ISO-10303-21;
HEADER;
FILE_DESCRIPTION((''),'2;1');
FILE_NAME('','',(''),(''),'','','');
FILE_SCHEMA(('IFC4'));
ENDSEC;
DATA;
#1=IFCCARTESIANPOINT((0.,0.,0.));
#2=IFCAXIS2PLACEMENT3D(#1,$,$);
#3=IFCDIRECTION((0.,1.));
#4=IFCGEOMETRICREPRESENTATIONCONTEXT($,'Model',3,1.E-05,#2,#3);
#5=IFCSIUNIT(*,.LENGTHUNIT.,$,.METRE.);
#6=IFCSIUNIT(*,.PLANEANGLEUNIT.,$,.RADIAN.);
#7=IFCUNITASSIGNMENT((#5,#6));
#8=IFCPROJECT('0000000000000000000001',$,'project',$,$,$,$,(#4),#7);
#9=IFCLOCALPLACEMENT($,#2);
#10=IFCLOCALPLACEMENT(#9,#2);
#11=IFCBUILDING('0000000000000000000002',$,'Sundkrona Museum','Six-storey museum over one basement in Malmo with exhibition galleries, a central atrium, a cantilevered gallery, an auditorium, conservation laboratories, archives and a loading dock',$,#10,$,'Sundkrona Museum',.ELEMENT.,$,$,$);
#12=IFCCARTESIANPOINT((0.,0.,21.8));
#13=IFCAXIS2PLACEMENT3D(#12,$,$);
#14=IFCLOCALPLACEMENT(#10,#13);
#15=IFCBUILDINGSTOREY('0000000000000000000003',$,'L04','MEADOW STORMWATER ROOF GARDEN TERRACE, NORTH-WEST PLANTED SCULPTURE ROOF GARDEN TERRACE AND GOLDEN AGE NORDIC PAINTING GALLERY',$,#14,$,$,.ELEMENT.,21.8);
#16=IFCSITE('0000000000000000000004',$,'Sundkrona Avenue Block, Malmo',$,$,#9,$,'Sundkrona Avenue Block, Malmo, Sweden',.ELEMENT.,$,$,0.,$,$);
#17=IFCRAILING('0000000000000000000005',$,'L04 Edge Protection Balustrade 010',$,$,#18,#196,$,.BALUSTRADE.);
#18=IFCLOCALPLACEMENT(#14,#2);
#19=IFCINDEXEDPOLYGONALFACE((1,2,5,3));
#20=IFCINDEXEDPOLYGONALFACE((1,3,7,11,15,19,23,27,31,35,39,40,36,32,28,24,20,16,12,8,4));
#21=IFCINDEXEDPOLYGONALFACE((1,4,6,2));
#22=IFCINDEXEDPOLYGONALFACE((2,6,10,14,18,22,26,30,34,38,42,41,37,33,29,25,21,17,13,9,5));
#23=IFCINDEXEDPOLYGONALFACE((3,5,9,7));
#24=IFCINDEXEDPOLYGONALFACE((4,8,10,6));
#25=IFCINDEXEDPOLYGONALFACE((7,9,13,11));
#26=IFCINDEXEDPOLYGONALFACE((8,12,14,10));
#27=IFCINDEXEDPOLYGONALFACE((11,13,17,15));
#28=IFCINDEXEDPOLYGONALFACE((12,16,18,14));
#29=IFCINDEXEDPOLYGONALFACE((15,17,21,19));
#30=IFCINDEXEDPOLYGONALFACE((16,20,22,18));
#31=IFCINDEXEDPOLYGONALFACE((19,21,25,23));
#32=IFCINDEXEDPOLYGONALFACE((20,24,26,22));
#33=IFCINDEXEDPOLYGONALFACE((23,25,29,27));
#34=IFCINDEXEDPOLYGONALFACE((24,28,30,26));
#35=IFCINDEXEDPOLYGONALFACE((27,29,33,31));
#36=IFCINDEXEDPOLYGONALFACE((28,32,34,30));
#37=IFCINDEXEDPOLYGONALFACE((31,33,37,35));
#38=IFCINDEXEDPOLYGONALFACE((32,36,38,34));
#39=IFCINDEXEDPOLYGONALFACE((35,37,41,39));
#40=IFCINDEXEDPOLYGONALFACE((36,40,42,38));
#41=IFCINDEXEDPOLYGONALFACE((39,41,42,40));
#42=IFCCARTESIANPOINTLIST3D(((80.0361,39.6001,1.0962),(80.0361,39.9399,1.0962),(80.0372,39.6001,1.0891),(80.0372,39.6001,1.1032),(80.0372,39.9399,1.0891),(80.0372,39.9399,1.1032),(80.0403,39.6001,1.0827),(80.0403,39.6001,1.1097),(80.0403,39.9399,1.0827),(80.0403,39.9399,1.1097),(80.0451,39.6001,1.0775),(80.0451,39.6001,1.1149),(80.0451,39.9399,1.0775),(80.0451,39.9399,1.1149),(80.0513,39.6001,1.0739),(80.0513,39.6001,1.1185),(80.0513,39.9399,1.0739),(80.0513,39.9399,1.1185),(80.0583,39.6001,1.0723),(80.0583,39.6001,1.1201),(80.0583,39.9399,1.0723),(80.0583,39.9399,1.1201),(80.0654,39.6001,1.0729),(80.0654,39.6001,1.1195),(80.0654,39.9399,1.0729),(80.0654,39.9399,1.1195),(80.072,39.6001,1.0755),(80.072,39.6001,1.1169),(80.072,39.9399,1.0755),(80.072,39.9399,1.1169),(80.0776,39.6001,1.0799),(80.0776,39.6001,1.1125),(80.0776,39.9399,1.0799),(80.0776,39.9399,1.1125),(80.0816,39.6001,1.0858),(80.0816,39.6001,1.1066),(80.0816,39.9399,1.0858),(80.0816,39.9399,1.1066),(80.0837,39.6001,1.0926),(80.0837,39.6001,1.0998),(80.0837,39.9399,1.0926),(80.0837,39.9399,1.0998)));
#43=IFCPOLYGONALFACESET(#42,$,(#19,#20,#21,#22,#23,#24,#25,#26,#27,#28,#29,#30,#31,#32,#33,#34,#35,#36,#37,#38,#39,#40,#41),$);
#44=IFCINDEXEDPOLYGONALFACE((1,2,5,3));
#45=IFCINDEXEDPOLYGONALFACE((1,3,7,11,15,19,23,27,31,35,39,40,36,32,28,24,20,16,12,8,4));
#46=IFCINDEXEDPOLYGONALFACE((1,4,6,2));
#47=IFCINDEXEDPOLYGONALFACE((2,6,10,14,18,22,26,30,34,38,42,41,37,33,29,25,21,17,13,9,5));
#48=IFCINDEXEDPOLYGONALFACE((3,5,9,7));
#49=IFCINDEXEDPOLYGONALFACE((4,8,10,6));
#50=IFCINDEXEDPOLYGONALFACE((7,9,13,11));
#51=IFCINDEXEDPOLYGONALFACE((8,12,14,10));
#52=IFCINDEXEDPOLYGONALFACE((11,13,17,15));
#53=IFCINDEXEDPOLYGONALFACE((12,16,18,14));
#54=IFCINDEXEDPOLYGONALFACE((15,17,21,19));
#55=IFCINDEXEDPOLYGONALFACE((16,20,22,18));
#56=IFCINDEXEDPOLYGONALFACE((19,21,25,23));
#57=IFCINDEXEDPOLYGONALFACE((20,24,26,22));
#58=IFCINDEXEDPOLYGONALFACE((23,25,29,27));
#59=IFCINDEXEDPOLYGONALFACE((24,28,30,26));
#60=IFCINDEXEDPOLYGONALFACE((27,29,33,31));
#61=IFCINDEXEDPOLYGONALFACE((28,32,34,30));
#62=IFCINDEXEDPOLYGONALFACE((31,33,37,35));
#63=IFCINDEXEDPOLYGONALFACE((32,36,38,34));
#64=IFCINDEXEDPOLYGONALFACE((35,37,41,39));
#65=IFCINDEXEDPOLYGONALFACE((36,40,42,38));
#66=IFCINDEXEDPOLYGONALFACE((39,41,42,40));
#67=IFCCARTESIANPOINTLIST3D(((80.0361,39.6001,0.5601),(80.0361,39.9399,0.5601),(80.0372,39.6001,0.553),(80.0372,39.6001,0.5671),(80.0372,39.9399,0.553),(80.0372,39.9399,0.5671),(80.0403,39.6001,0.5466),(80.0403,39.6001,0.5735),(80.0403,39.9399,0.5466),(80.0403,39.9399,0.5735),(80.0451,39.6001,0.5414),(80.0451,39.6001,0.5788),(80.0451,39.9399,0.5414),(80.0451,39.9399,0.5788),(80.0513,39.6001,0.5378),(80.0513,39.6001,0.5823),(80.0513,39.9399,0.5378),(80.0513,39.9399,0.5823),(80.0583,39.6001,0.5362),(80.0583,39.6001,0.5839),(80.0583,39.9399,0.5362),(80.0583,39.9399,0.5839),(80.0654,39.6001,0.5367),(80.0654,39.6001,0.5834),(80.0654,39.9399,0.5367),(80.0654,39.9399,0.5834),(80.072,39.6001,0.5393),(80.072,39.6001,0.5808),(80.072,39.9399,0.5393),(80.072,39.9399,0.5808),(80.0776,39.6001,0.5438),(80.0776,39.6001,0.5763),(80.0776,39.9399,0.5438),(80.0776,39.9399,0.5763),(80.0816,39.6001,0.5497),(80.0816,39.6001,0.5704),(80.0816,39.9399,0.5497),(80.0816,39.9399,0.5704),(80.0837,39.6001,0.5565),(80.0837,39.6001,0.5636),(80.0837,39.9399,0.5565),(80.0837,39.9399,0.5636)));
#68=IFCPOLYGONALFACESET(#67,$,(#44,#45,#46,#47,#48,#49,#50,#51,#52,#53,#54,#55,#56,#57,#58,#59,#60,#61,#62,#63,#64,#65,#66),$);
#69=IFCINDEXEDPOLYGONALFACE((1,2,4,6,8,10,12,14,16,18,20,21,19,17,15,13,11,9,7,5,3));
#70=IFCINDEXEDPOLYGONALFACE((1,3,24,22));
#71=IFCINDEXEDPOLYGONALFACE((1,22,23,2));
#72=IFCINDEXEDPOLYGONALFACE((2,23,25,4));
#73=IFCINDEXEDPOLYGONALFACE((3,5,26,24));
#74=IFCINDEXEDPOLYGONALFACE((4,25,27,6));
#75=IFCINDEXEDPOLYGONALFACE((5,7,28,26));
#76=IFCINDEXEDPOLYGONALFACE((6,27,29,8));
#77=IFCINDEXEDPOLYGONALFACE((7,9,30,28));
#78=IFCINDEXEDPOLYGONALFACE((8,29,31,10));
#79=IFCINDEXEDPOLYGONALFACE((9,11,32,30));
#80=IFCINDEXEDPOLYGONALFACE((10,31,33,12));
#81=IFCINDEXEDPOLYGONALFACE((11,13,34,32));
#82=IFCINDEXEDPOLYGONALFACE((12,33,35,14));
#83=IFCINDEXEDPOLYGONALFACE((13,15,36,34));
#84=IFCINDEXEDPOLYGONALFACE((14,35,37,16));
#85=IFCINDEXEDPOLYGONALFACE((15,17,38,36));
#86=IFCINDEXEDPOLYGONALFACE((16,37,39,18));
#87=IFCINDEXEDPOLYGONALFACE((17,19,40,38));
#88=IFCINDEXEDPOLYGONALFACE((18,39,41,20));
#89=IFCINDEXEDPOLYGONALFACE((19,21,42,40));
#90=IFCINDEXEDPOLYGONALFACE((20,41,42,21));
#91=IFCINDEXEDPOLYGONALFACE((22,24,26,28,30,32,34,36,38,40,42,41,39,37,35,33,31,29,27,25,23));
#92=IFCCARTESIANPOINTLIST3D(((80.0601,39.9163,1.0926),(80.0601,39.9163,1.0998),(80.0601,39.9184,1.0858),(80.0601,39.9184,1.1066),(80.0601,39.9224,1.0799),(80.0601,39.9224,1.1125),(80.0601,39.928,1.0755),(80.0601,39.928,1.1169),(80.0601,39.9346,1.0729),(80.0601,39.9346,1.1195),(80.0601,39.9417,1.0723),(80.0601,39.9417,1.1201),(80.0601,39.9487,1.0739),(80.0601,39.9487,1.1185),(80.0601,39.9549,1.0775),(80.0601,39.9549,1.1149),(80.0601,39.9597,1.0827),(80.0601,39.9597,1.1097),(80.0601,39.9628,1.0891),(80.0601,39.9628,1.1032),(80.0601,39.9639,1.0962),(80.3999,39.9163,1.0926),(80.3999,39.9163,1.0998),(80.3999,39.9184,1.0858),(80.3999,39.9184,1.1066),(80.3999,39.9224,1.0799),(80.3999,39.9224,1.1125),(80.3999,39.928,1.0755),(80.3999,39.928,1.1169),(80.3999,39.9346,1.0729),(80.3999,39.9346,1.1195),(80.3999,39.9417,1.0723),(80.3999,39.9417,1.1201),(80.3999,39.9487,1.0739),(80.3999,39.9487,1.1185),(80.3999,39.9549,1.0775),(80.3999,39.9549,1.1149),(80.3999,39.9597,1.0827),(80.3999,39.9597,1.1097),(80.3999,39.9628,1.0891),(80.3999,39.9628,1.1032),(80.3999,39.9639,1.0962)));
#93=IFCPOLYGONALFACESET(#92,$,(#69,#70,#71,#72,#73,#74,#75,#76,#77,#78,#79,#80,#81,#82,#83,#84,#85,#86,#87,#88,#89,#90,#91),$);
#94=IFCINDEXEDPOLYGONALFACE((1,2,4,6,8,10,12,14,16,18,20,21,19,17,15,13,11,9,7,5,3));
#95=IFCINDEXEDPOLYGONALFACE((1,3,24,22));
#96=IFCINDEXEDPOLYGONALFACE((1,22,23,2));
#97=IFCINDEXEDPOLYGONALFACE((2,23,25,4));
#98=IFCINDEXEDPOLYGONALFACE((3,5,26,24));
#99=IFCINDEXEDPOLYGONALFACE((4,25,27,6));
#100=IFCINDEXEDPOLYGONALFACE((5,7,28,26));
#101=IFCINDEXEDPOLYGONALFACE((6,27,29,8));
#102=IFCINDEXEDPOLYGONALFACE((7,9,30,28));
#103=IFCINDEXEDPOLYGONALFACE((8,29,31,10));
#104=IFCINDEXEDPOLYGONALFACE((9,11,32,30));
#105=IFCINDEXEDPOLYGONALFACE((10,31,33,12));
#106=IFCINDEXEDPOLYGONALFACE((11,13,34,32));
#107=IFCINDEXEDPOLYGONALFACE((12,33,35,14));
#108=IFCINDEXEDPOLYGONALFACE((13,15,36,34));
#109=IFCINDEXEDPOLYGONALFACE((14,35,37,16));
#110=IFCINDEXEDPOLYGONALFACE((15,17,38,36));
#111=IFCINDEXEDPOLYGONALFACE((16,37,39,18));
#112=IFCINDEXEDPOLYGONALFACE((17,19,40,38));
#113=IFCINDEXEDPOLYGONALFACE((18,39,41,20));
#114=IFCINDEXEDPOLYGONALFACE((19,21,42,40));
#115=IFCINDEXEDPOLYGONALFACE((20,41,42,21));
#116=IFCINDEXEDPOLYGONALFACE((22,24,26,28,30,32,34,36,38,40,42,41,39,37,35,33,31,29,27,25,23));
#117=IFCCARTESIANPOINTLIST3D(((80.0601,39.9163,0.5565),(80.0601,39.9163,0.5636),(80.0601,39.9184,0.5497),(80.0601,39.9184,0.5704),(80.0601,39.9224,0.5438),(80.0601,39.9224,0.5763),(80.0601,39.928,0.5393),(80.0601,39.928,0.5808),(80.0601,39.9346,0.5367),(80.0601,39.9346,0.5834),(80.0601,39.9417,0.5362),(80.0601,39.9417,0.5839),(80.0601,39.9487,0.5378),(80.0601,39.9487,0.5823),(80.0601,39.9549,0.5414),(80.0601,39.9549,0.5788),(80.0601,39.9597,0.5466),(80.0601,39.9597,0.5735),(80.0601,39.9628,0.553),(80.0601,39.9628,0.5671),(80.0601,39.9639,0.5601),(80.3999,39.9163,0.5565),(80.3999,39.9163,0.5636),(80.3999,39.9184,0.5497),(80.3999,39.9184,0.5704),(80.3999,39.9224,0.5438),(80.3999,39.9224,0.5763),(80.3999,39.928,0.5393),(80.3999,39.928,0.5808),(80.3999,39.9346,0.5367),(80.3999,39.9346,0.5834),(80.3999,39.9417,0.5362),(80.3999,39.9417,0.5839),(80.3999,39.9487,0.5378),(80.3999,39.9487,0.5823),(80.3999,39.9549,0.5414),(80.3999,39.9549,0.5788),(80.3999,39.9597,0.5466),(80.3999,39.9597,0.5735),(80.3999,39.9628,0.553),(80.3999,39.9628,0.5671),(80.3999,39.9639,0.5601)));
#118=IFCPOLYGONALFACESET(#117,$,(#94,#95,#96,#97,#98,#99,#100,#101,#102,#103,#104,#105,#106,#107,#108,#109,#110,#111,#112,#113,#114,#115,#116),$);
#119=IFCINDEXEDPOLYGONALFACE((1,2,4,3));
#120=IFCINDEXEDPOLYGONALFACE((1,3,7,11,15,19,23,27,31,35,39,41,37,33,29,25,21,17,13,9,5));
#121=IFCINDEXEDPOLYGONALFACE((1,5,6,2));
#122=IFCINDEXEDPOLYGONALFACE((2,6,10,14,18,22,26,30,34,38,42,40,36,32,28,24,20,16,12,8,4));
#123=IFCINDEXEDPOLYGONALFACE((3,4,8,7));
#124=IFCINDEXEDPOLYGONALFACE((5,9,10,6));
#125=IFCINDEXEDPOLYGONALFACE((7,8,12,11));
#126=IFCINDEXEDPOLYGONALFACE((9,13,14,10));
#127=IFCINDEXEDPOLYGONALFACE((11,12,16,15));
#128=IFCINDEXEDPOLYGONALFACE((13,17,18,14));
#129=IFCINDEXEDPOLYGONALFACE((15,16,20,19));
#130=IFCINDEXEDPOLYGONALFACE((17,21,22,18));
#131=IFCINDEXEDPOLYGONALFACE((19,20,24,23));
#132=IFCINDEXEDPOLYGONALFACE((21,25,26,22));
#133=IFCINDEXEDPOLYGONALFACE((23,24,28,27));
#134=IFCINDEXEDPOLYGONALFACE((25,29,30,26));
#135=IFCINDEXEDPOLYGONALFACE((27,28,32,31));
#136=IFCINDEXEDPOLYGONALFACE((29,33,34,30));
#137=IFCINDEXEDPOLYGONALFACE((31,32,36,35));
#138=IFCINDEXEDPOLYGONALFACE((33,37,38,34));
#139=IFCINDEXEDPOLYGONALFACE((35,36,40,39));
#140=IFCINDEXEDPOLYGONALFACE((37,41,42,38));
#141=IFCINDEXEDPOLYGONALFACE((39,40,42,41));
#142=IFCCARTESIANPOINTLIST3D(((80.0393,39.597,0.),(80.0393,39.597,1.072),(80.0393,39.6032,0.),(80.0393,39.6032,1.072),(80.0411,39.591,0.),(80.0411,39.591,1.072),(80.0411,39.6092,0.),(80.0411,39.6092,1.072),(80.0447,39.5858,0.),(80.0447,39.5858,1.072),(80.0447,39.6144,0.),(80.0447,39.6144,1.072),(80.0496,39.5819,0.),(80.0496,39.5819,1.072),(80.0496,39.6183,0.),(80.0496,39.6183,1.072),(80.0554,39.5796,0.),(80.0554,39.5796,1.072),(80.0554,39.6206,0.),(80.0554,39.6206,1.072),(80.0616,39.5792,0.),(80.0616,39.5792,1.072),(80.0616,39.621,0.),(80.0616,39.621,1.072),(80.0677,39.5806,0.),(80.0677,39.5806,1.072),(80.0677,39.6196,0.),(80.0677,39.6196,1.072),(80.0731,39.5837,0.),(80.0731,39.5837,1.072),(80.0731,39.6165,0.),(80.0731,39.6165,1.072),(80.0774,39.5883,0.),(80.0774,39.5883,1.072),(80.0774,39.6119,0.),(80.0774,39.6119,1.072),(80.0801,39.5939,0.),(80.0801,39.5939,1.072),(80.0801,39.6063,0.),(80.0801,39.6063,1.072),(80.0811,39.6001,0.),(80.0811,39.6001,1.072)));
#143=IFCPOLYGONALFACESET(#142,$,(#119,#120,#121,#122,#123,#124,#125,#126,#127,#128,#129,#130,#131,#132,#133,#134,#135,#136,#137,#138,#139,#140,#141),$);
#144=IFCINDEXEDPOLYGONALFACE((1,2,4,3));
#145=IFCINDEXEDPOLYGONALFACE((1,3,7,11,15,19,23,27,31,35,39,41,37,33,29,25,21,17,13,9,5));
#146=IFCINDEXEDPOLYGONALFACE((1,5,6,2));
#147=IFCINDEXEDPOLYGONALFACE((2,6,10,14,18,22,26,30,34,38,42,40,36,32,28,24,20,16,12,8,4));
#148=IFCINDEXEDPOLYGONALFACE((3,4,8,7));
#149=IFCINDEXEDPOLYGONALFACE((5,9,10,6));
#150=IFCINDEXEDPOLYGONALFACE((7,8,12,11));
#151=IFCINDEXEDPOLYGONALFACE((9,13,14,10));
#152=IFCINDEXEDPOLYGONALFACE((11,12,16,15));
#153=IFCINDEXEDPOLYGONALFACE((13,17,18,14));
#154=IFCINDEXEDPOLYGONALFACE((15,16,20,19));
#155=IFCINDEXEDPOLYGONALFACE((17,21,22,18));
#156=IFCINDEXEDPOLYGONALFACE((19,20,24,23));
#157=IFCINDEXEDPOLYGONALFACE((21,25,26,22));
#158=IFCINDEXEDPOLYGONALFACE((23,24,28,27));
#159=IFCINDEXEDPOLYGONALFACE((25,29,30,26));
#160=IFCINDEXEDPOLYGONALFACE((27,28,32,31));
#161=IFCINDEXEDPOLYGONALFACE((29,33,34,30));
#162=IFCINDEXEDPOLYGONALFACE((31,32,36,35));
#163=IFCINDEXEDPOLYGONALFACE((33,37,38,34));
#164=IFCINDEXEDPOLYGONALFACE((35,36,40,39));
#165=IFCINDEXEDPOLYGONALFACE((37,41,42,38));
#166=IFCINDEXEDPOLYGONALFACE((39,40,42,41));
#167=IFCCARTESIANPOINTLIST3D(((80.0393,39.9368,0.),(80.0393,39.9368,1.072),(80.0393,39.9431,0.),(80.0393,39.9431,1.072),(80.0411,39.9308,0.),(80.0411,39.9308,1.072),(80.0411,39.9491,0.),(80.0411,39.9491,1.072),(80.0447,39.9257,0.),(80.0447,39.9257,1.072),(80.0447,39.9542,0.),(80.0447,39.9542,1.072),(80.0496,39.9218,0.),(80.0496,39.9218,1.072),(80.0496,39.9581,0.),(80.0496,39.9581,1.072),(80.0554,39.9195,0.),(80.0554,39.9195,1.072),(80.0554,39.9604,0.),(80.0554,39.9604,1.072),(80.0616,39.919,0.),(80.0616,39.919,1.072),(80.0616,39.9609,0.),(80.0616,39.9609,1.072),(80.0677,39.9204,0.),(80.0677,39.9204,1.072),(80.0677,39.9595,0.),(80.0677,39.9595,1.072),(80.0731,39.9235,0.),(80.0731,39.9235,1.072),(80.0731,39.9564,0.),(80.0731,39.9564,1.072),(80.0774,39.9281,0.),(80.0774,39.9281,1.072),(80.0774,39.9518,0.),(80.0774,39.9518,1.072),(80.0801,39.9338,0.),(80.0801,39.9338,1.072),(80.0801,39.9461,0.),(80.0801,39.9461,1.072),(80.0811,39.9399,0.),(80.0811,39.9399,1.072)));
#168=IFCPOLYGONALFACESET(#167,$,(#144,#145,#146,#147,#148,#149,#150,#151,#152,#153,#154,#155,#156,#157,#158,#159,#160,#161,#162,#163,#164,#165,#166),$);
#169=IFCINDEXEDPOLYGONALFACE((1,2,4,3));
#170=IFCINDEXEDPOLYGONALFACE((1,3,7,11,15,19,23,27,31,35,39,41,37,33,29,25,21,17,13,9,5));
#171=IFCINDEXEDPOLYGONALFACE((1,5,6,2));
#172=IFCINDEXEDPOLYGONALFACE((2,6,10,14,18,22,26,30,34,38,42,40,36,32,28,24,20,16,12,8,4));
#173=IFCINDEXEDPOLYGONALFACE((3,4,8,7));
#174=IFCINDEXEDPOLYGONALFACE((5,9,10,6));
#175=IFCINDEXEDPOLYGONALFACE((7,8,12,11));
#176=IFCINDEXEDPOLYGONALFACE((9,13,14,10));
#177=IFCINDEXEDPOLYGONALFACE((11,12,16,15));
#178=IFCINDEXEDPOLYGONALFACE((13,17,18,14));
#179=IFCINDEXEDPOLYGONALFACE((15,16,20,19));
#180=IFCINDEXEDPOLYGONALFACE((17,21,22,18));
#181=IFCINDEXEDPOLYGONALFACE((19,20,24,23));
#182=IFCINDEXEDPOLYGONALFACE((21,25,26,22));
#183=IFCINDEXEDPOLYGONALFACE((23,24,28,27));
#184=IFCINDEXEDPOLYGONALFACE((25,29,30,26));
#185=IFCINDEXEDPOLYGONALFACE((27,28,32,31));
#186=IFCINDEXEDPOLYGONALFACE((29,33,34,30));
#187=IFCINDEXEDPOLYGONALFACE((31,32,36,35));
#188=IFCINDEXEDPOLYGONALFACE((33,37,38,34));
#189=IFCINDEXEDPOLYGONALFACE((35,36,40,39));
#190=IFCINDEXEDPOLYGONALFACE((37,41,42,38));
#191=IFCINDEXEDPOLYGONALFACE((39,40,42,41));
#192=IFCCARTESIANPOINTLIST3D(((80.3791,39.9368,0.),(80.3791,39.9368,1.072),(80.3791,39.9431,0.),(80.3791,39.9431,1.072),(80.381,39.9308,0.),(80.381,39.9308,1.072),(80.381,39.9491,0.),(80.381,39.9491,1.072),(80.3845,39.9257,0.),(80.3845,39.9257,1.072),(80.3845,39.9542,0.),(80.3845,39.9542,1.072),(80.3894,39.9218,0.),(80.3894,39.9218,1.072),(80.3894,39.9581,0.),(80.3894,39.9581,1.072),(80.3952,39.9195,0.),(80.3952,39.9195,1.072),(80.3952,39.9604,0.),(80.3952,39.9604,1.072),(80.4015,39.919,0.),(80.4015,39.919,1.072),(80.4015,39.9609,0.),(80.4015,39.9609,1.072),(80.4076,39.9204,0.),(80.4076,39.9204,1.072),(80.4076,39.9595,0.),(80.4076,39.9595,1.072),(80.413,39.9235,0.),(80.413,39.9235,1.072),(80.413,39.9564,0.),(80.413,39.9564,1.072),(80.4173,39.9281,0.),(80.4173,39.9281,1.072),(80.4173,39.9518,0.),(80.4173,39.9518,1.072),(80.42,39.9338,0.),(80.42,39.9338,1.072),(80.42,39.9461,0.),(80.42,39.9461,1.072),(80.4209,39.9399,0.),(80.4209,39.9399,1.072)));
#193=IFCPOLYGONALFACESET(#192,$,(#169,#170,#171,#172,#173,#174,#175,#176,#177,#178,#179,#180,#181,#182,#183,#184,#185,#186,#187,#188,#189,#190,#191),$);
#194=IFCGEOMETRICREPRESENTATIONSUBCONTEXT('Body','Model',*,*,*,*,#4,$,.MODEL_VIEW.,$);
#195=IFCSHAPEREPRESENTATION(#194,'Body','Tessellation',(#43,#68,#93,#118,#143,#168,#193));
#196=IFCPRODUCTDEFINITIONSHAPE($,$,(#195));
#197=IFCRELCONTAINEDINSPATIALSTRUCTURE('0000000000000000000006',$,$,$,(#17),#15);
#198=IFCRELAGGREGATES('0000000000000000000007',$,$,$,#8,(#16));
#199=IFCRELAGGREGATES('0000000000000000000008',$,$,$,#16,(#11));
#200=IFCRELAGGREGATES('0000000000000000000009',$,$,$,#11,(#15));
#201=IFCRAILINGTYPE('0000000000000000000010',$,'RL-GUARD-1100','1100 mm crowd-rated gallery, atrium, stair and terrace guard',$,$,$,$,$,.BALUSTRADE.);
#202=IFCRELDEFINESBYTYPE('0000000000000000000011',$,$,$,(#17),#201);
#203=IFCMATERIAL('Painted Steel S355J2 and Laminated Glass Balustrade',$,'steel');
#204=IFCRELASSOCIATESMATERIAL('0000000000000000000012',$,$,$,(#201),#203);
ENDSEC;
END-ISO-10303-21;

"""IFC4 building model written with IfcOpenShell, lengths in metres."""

from ifc_helpers import new_model, si_unit, direction, frame, origin, origin_2d, place, context, subcontext, project, spatial, circle, extrude, material, type_object, element, save


model = new_model("IFC4")

# Units and contexts
model_context = context("Model", 3, precision=1e-05, world=origin(), true_north=direction((0.0, 1.0)))
body_context = subcontext(model_context, "Body", "Model", "MODEL_VIEW")
ifc_project = project(units=[si_unit("LENGTHUNIT", "METRE"), si_unit("PLANEANGLEUNIT", "RADIAN")], contexts=[model_context])

# Site, building, storey
site_placement = place(None, origin())
site = spatial("IfcSite", under=ifc_project, at=site_placement, Name="Sundkrona Avenue Block, Malmo", LongName="Sundkrona Avenue Block, Malmo, Sweden", CompositionType="ELEMENT", RefElevation=0.0)
building_placement = place(site_placement, origin())
building = spatial("IfcBuilding", under=site, at=building_placement, Name="Sundkrona Museum", Description="Six-storey museum over one basement in Malmo with exhibition galleries, a central atrium, a cantilevered gallery, an auditorium, conservation laboratories, archives and a loading dock", LongName="Sundkrona Museum", CompositionType="ELEMENT")
storey_placement = place(building_placement, frame((0.0, 0.0, 21.8)))
storey = spatial("IfcBuildingStorey", under=building, at=storey_placement, Name="L04", Description="MEADOW STORMWATER ROOF GARDEN TERRACE, NORTH-WEST PLANTED SCULPTURE ROOF GARDEN TERRACE AND GOLDEN AGE NORDIC PAINTING GALLERY", CompositionType="ELEMENT", Elevation=21.8)

# Railing
ifc_material_1 = material(Name="Painted Steel S355J2 and Laminated Glass Balustrade", Category="steel")
railing_type = type_object("IfcRailingType", Name="RL-GUARD-1100", Description="1100 mm crowd-rated gallery, atrium, stair and terrace guard", PredefinedType="BALUSTRADE", material=ifc_material_1)
railing_1_placement = place(storey_placement, frame((80.0601, 39.6001, 0.0)))
element("IfcRailing", 1, at=railing_1_placement, inside=storey, type_object=railing_type, Name="L04 Edge Protection Balustrade 010", PredefinedType="BALUSTRADE", context=body_context, shape_type="SweptSolid", body=[
    extrude(circle(Radius=0.0239, at=origin_2d()), frame((0.0, 0.0, 1.0962), z_axis=(0.0, 1.0, 0.0), x_axis=(-1.0, 0.0, 0.0)), (0.0, 0.0, 1.0), 0.3398),
    extrude(circle(Radius=0.0239, at=origin_2d()), frame((0.0, 0.0, 0.5601), z_axis=(0.0, 1.0, 0.0), x_axis=(-1.0, 0.0, 0.0)), (0.0, 0.0, 1.0), 0.3398),
    extrude(circle(Radius=0.0239, at=origin_2d()), frame((0.0, 0.3398, 1.0962), z_axis=(1.0, 0.0, 0.0), x_axis=(0.0, 1.0, 0.0)), (0.0, 0.0, 1.0), 0.3398),
    extrude(circle(Radius=0.0239, at=origin_2d()), frame((0.0, 0.3398, 0.5601), z_axis=(1.0, 0.0, 0.0), x_axis=(0.0, 1.0, 0.0)), (0.0, 0.0, 1.0), 0.3398),
    extrude(circle(Radius=0.021, at=origin_2d()), origin(), (0.0, 0.0, 1.0), 1.072),
    extrude(circle(Radius=0.021, at=origin_2d()), frame((0.0, 0.3398, 0.0)), (0.0, 0.0, 1.0), 1.072),
    extrude(circle(Radius=0.021, at=origin_2d()), frame((0.3398, 0.3398, 0.0)), (0.0, 0.0, 1.0), 1.072),
])

save(model, "model.ifc")
